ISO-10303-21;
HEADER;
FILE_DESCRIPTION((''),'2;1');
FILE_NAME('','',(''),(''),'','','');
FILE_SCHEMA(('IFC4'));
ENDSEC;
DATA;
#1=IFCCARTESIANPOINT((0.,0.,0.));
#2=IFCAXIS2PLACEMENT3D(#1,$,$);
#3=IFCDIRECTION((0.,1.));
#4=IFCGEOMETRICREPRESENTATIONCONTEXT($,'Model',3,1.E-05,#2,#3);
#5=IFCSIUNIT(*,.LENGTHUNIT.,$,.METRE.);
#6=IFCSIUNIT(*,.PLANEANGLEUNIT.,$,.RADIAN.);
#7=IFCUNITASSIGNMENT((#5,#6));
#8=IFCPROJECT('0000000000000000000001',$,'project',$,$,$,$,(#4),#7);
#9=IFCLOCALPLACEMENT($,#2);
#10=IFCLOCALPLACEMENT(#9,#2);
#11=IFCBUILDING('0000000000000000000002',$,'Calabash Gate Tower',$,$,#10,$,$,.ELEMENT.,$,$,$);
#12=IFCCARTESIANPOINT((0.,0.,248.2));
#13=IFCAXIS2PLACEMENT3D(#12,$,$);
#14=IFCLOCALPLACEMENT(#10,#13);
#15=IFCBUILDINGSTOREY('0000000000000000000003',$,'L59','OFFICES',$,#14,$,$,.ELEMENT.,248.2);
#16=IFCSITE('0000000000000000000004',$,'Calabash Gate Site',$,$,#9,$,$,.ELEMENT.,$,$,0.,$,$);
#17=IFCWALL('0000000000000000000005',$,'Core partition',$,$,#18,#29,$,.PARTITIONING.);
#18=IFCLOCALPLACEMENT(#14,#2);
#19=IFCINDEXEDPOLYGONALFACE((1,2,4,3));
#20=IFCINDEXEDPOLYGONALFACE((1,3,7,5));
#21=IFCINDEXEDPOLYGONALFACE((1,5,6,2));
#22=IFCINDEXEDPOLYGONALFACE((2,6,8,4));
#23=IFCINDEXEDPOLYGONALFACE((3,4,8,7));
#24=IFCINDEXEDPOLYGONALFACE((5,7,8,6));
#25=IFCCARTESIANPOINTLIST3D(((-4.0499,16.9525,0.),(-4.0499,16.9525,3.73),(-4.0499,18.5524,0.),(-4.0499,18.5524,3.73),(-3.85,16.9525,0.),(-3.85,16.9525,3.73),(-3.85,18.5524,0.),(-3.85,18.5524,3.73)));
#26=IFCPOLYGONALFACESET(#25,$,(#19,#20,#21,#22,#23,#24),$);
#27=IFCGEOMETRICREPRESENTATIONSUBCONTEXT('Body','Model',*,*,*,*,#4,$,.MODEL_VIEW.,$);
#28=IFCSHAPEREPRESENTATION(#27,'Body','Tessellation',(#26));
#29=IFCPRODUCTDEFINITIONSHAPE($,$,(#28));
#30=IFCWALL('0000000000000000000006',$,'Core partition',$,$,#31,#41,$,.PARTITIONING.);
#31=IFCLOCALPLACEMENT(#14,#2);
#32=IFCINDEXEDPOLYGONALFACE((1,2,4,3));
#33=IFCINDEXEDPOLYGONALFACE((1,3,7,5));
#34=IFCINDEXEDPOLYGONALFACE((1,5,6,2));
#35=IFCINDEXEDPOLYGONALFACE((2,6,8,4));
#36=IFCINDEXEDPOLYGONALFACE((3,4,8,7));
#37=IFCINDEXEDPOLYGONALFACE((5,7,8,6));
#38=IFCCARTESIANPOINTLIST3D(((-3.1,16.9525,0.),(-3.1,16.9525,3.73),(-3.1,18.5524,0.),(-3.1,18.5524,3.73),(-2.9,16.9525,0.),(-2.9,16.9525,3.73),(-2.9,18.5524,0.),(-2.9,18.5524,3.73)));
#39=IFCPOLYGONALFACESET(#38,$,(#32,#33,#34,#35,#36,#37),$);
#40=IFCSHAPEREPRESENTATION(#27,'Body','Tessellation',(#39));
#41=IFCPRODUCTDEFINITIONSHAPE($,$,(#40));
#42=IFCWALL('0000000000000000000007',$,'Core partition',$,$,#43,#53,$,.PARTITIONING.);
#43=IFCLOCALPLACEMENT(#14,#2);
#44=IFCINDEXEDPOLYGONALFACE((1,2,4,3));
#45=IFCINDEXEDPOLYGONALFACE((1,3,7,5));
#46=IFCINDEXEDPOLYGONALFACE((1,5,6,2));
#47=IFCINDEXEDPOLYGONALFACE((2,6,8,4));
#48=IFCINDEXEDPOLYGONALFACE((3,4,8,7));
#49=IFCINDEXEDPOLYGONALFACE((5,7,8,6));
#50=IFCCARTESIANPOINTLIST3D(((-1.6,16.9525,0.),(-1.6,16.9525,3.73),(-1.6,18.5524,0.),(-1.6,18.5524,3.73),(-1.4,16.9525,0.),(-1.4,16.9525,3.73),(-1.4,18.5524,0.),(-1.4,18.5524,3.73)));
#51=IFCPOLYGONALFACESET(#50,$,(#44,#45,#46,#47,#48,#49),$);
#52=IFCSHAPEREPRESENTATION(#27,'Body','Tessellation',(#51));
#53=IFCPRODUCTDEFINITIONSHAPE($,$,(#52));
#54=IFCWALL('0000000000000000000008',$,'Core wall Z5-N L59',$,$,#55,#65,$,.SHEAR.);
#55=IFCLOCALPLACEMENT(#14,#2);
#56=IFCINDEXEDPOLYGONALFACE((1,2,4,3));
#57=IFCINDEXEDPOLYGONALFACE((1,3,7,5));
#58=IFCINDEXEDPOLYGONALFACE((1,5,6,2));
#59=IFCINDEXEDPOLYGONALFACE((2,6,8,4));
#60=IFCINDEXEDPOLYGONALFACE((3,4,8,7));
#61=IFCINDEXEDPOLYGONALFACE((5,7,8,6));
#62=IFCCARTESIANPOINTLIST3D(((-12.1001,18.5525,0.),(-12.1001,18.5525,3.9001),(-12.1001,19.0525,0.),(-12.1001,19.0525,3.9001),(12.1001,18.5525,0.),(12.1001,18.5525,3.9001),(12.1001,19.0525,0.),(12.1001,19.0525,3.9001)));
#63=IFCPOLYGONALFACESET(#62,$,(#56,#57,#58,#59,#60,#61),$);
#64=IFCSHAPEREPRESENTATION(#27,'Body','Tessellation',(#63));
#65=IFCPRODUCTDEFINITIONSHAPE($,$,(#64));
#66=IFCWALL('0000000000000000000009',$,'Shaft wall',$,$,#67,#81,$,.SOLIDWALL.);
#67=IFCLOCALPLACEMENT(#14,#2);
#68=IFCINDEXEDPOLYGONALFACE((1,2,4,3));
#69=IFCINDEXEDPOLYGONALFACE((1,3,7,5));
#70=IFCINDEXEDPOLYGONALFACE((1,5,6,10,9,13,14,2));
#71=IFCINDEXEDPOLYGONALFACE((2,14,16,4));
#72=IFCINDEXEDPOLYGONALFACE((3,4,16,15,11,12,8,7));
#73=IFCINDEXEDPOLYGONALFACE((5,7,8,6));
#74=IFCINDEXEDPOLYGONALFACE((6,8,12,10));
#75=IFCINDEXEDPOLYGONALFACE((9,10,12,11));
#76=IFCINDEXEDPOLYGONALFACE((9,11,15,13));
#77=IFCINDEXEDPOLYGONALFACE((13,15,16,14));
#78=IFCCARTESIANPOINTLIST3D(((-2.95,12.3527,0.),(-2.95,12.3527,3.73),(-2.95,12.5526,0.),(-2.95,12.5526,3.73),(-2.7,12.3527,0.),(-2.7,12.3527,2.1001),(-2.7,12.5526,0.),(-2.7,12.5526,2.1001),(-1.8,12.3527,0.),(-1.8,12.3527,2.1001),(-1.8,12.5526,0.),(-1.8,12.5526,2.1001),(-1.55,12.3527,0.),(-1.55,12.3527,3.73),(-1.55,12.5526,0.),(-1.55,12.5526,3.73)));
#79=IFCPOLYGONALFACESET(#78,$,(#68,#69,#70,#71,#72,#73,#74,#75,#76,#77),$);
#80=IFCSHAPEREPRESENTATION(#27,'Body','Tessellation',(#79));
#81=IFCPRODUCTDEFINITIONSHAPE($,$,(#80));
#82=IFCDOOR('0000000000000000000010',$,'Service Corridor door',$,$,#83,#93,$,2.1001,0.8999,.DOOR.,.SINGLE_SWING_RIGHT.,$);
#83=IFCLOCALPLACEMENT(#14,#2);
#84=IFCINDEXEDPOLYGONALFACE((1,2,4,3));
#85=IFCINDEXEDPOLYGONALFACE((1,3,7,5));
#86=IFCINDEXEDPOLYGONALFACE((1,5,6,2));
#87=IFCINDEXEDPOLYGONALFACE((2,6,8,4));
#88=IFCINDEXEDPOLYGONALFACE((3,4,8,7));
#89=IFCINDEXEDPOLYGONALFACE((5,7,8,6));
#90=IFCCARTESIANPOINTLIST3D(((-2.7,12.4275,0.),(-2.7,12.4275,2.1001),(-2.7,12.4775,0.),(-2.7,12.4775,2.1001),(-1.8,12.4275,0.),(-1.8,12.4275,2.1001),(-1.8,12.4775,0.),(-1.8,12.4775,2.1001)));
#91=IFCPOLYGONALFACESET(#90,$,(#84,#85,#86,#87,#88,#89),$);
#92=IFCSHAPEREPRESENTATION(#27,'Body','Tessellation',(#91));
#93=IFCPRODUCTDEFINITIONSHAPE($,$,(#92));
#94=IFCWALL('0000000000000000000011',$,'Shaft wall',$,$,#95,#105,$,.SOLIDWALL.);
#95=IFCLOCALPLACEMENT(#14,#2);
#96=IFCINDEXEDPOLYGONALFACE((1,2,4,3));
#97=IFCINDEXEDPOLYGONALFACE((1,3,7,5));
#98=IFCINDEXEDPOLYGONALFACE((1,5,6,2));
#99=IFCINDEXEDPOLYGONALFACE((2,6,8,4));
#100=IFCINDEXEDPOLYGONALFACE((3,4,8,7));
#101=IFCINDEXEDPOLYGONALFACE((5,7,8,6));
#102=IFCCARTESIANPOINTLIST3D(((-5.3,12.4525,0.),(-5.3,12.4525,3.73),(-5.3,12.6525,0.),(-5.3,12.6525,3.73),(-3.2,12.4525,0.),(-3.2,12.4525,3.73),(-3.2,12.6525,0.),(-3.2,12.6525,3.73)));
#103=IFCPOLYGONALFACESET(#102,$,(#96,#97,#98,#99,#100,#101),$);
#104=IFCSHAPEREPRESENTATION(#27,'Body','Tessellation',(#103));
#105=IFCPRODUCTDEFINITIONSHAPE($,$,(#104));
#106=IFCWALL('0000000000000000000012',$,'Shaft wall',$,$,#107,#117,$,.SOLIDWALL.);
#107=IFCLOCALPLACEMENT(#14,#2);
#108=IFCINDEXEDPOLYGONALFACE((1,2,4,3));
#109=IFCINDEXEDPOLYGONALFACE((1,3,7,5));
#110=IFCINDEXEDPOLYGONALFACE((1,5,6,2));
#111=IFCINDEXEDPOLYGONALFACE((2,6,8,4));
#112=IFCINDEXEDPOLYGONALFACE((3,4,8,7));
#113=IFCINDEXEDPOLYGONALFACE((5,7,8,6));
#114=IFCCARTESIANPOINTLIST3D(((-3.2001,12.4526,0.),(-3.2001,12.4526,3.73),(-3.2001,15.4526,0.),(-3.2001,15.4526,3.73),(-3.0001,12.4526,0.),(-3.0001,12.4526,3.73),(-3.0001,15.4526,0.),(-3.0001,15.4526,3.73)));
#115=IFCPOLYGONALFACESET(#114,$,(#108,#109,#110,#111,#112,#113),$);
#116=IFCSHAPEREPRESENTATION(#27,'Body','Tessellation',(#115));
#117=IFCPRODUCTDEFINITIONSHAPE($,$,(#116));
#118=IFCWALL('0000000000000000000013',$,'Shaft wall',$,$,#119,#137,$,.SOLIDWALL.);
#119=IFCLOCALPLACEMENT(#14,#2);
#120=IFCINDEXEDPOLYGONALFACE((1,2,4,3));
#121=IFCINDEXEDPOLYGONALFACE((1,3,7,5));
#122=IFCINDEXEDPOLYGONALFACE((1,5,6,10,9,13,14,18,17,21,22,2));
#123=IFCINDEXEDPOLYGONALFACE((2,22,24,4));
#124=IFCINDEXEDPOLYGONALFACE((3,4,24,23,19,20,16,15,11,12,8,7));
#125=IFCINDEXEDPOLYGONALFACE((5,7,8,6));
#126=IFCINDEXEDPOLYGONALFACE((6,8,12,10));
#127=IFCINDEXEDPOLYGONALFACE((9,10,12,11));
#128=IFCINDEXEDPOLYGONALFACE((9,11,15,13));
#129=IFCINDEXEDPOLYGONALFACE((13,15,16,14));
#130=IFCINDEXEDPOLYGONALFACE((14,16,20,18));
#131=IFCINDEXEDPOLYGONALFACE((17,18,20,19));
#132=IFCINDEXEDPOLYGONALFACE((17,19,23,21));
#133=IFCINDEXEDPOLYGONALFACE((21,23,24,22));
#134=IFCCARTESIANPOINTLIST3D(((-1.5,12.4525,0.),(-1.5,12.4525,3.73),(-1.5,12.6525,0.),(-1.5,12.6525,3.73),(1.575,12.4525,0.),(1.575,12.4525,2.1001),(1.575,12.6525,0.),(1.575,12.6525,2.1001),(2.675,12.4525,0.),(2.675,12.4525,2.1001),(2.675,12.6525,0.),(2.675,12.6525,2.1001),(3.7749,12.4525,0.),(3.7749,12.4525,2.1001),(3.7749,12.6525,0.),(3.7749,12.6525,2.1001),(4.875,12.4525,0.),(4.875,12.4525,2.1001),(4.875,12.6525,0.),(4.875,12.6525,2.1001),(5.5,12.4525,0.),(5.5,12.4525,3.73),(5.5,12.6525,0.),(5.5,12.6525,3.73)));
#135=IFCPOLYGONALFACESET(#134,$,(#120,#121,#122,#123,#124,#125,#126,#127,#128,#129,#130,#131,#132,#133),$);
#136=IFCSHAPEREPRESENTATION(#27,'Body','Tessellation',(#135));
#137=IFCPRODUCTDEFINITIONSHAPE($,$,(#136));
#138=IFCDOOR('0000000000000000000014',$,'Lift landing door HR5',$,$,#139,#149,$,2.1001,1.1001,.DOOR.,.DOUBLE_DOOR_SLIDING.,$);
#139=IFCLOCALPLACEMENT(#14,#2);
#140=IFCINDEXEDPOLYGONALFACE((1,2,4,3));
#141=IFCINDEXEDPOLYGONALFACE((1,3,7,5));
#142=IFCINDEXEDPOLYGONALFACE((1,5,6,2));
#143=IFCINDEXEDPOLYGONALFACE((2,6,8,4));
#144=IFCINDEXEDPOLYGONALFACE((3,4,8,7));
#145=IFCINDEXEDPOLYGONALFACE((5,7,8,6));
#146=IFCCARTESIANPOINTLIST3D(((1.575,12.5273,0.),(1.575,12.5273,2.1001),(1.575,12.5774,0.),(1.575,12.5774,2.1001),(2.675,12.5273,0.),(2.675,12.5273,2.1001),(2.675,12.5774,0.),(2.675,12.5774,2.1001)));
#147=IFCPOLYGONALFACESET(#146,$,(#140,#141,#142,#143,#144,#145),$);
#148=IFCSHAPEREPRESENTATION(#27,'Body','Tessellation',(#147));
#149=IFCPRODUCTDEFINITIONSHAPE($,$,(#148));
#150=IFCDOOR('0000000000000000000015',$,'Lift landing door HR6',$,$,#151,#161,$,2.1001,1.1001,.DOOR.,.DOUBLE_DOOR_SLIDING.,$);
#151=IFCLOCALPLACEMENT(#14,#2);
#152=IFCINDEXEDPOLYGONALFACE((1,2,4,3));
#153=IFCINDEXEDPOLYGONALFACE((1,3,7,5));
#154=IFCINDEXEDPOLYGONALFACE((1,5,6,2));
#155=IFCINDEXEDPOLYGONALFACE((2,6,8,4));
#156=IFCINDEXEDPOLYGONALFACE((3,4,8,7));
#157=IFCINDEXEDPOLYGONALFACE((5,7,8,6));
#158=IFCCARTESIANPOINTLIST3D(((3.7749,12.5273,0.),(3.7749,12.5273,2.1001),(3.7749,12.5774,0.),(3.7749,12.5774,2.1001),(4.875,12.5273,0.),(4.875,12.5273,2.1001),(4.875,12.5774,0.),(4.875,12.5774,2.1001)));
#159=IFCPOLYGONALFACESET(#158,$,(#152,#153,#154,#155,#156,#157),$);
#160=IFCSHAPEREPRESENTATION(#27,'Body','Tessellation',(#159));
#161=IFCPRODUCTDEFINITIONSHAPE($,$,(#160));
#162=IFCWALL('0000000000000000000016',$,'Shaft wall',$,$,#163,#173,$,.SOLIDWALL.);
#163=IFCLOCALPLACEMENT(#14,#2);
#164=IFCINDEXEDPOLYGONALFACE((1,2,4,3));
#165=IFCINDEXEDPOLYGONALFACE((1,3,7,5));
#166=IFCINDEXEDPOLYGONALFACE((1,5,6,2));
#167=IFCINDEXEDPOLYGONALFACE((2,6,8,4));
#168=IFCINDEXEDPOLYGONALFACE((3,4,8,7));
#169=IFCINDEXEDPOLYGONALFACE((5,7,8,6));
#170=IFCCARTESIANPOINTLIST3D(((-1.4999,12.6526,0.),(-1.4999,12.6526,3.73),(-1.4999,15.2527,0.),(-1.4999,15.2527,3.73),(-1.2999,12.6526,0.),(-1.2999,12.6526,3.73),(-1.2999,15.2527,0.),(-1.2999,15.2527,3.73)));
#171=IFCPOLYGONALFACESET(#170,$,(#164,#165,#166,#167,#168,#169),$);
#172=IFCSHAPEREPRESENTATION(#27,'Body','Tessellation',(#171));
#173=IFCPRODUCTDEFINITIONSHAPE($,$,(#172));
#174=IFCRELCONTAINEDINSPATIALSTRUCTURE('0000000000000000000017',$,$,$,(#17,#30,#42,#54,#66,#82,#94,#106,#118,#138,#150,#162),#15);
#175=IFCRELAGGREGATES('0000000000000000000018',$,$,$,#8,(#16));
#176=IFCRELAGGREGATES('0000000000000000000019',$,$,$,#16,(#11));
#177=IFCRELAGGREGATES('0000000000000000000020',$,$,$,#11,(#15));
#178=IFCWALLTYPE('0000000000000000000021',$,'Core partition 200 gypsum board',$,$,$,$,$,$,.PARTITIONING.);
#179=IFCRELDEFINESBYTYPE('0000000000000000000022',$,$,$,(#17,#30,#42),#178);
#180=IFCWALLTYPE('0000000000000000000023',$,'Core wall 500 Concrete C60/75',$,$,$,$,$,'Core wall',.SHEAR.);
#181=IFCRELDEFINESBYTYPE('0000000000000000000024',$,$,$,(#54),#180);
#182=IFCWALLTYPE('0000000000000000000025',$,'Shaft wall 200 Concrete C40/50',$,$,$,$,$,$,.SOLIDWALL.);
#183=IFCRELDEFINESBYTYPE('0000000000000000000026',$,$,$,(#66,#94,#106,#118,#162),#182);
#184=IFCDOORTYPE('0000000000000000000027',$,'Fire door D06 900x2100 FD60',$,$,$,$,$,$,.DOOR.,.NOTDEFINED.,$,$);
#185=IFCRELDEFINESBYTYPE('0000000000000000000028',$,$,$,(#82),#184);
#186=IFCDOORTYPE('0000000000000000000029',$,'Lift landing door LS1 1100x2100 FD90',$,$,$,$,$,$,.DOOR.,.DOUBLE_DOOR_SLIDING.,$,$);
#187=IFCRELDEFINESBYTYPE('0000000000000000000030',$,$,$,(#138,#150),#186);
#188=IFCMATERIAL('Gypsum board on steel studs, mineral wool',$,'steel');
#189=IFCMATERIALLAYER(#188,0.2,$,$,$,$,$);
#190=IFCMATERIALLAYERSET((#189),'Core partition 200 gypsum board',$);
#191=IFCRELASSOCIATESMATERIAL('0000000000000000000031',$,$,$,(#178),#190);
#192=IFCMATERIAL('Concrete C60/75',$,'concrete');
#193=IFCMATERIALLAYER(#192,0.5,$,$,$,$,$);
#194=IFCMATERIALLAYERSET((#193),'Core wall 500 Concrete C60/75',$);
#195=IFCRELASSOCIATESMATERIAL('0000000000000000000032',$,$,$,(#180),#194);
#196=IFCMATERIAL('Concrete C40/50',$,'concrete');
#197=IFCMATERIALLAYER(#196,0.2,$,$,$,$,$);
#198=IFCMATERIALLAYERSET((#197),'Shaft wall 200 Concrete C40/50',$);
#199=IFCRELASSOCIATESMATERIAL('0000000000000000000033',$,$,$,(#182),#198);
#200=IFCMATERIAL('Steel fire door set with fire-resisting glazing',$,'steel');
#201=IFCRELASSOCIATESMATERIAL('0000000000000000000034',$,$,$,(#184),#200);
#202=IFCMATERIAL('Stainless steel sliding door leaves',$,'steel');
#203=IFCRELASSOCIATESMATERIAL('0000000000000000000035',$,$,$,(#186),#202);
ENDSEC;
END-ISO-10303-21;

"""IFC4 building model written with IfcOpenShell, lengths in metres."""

from ifc_helpers import new_model, si_unit, direction, frame, frame_2d, origin, place, context, subcontext, project, spatial, rectangle, extrude, material, layer, layer_set, type_object, element, fill, save


model = new_model("IFC4")

# Units and contexts
model_context = context("Model", 3, precision=1e-05, world=origin(), true_north=direction((0.0, 1.0)))
body_context = subcontext(model_context, "Body", "Model", "MODEL_VIEW")
ifc_project = project(units=[si_unit("LENGTHUNIT", "METRE"), si_unit("PLANEANGLEUNIT", "RADIAN")], contexts=[model_context])

# Site, building, storey
site_placement = place(None, origin())
site = spatial("IfcSite", under=ifc_project, at=site_placement, Name="Calabash Gate Site", CompositionType="ELEMENT", RefElevation=0.0)
building_placement = place(site_placement, origin())
building = spatial("IfcBuilding", under=site, at=building_placement, Name="Calabash Gate Tower", CompositionType="ELEMENT")
storey_placement = place(building_placement, frame((0.0, 0.0, 248.2)))
storey = spatial("IfcBuildingStorey", under=building, at=storey_placement, Name="L59", Description="OFFICES", CompositionType="ELEMENT", Elevation=248.2)

# Walls
ifc_material_1 = material(Name="Gypsum board on steel studs, mineral wool", Category="steel")
ifc_layer_1 = layer(ifc_material_1, 0.2)
ifc_layer_set_1 = layer_set([ifc_layer_1], Name="Core partition 200 gypsum board")
wall_type_1 = type_object("IfcWallType", Name="Core partition 200 gypsum board", PredefinedType="PARTITIONING", material=ifc_layer_set_1)
for number, where, z_axis, x_axis, name in (
    (1, (-3.95, 16.9526, 0.0), (0.0, 0.0, 1.0), (0.0, 1.0, 0.0), "Core partition"),
    (2, (-3.0, 16.9526, 0.0), (0.0, 0.0, 1.0), (0.0, 1.0, 0.0), "Core partition"),
    (3, (-1.5, 16.9526, 0.0), (0.0, 0.0, 1.0), (0.0, 1.0, 0.0), "Core partition"),
):
    element("IfcWall", number, at=place(storey_placement, frame(where, z_axis=z_axis, x_axis=x_axis)), inside=storey, type_object=wall_type_1, Name=name, PredefinedType="PARTITIONING", context=body_context, shape_type="SweptSolid", body=[
        extrude(rectangle(XDim=1.5999, YDim=0.2, at=frame_2d((0.7998, 0.0))), origin(), (0.0, 0.0, 1.0), 3.73),
    ])
ifc_material_2 = material(Name="Concrete C60/75", Category="concrete")
ifc_layer_2 = layer(ifc_material_2, 0.5)
ifc_layer_set_2 = layer_set([ifc_layer_2], Name="Core wall 500 Concrete C60/75")
wall_type_2 = type_object("IfcWallType", Name="Core wall 500 Concrete C60/75", ElementType="Core wall", PredefinedType="SHEAR", material=ifc_layer_set_2)
wall_1_placement = place(storey_placement, frame((-12.1001, 18.8025, 0.0), z_axis=(0.0, 0.0, 1.0), x_axis=(1.0, 0.0, 0.0)))
element("IfcWall", 4, at=wall_1_placement, inside=storey, type_object=wall_type_2, Name="Core wall Z5-N L59", PredefinedType="SHEAR", context=body_context, shape_type="SweptSolid", body=[
    extrude(rectangle(XDim=24.2002, YDim=0.5, at=frame_2d((12.1001, 0.0))), origin(), (0.0, 0.0, 1.0), 3.9001),
])

# Wall, opening, door
ifc_material_3 = material(Name="Concrete C40/50", Category="concrete")
ifc_layer_3 = layer(ifc_material_3, 0.2)
ifc_layer_set_3 = layer_set([ifc_layer_3], Name="Shaft wall 200 Concrete C40/50")
wall_type_3 = type_object("IfcWallType", Name="Shaft wall 200 Concrete C40/50", PredefinedType="SOLIDWALL", material=ifc_layer_set_3)
wall_2_placement = place(storey_placement, frame((-2.95, 12.4526, 0.0), z_axis=(0.0, 0.0, 1.0), x_axis=(1.0, 0.0, 0.0)))
wall_2 = element("IfcWall", 5, at=wall_2_placement, inside=storey, type_object=wall_type_3, Name="Shaft wall", PredefinedType="SOLIDWALL", context=body_context, shape_type="SweptSolid", body=[
    extrude(rectangle(XDim=1.3999, YDim=0.2, at=frame_2d((0.7, 0.0))), origin(), (0.0, 0.0, 1.0), 3.73),
])
opening_1_placement = place(wall_2_placement, frame((0.25, 0.0, 0.0)))
opening_1 = element("IfcOpeningElement", 6, at=opening_1_placement, cuts=wall_2, PredefinedType="OPENING", context=body_context, shape_type="SweptSolid", body=[
    extrude(rectangle(XDim=0.8999, YDim=2.1001, at=frame_2d((0.45, 1.05))), frame((0.0, 0.1099, 0.0), z_axis=(0.0, -1.0, 0.0), x_axis=(1.0, 0.0, 0.0)), (0.0, 0.0, 1.0), 0.22),
])
ifc_material_4 = material(Name="Steel fire door set with fire-resisting glazing", Category="steel")
door_type_1 = type_object("IfcDoorType", Name="Fire door D06 900x2100 FD60", OperationType="NOTDEFINED", PredefinedType="DOOR", material=ifc_material_4)
door_1_placement = place(opening_1_placement, origin())
door_1 = element("IfcDoor", 7, at=door_1_placement, inside=storey, type_object=door_type_1, Name="Service Corridor door", OperationType="SINGLE_SWING_RIGHT", OverallHeight=2.1001, OverallWidth=0.8999, PredefinedType="DOOR", context=body_context, shape_type="SweptSolid", body=[
    extrude(rectangle(XDim=0.8999, YDim=2.1001, at=frame_2d((0.45, 1.05))), frame((0.0, 0.0249, 0.0), z_axis=(0.0, -1.0, 0.0), x_axis=(1.0, 0.0, 0.0)), (0.0, 0.0, 1.0), 0.05),
])
fill(opening_1, door_1)

# Walls
wall_3_placement = place(storey_placement, frame((-5.3, 12.5525, 0.0), z_axis=(0.0, 0.0, 1.0), x_axis=(1.0, 0.0, 0.0)))
element("IfcWall", 8, at=wall_3_placement, inside=storey, type_object=wall_type_3, Name="Shaft wall", PredefinedType="SOLIDWALL", context=body_context, shape_type="SweptSolid", body=[
    extrude(rectangle(XDim=2.1001, YDim=0.2, at=frame_2d((1.05, 0.0))), origin(), (0.0, 0.0, 1.0), 3.73),
])
wall_4_placement = place(storey_placement, frame((-3.1001, 12.4526, 0.0), z_axis=(0.0, 0.0, 1.0), x_axis=(0.0, 1.0, 0.0)))
element("IfcWall", 9, at=wall_4_placement, inside=storey, type_object=wall_type_3, Name="Shaft wall", PredefinedType="SOLIDWALL", context=body_context, shape_type="SweptSolid", body=[
    extrude(rectangle(XDim=3.0, YDim=0.2, at=frame_2d((1.5, 0.0))), origin(), (0.0, 0.0, 1.0), 3.73),
])

# Wall, openings, doors
wall_5_placement = place(storey_placement, frame((-1.5, 12.5525, 0.0), z_axis=(0.0, 0.0, 1.0), x_axis=(1.0, 0.0, 0.0)))
wall_5 = element("IfcWall", 10, at=wall_5_placement, inside=storey, type_object=wall_type_3, Name="Shaft wall", PredefinedType="SOLIDWALL", context=body_context, shape_type="SweptSolid", body=[
    extrude(rectangle(XDim=7.0, YDim=0.2, at=frame_2d((3.5, 0.0))), origin(), (0.0, 0.0, 1.0), 3.73),
])
opening_2_placement = place(wall_5_placement, frame((3.075, 0.0, 0.0)))
opening_2 = element("IfcOpeningElement", 11, at=opening_2_placement, cuts=wall_5, PredefinedType="OPENING", context=body_context, shape_type="SweptSolid", body=[
    extrude(rectangle(XDim=1.1001, YDim=2.1001, at=frame_2d((0.55, 1.05))), frame((0.0, 0.1099, 0.0), z_axis=(0.0, -1.0, 0.0), x_axis=(1.0, 0.0, 0.0)), (0.0, 0.0, 1.0), 0.22),
])
opening_3_placement = place(wall_5_placement, frame((5.2749, 0.0, 0.0)))
opening_3 = element("IfcOpeningElement", 12, at=opening_3_placement, cuts=wall_5, PredefinedType="OPENING", context=body_context, shape_type="SweptSolid", body=[
    extrude(rectangle(XDim=1.1001, YDim=2.1001, at=frame_2d((0.55, 1.05))), frame((0.0, 0.1099, 0.0), z_axis=(0.0, -1.0, 0.0), x_axis=(1.0, 0.0, 0.0)), (0.0, 0.0, 1.0), 0.22),
])
ifc_material_5 = material(Name="Stainless steel sliding door leaves", Category="steel")
door_type_2 = type_object("IfcDoorType", Name="Lift landing door LS1 1100x2100 FD90", OperationType="DOUBLE_DOOR_SLIDING", PredefinedType="DOOR", material=ifc_material_5)
door_2_placement = place(opening_2_placement, origin())
door_2 = element("IfcDoor", 13, at=door_2_placement, inside=storey, type_object=door_type_2, Name="Lift landing door HR5", OperationType="DOUBLE_DOOR_SLIDING", OverallHeight=2.1001, OverallWidth=1.1001, PredefinedType="DOOR", context=body_context, shape_type="SweptSolid", body=[
    extrude(rectangle(XDim=1.1001, YDim=2.1001, at=frame_2d((0.55, 1.05))), frame((0.0, 0.0249, 0.0), z_axis=(0.0, -1.0, 0.0), x_axis=(1.0, 0.0, 0.0)), (0.0, 0.0, 1.0), 0.05),
])
fill(opening_2, door_2)
door_3_placement = place(opening_3_placement, origin())
door_3 = element("IfcDoor", 14, at=door_3_placement, inside=storey, type_object=door_type_2, Name="Lift landing door HR6", OperationType="DOUBLE_DOOR_SLIDING", OverallHeight=2.1001, OverallWidth=1.1001, PredefinedType="DOOR", context=body_context, shape_type="SweptSolid", body=[
    extrude(rectangle(XDim=1.1001, YDim=2.1001, at=frame_2d((0.55, 1.05))), frame((0.0, 0.0249, 0.0), z_axis=(0.0, -1.0, 0.0), x_axis=(1.0, 0.0, 0.0)), (0.0, 0.0, 1.0), 0.05),
])
fill(opening_3, door_3)

# Wall
wall_6_placement = place(storey_placement, frame((-1.3999, 12.6526, 0.0), z_axis=(0.0, 0.0, 1.0), x_axis=(0.0, 1.0, 0.0)))
element("IfcWall", 15, at=wall_6_placement, inside=storey, type_object=wall_type_3, Name="Shaft wall", PredefinedType="SOLIDWALL", context=body_context, shape_type="SweptSolid", body=[
    extrude(rectangle(XDim=2.6001, YDim=0.2, at=frame_2d((1.3, 0.0))), origin(), (0.0, 0.0, 1.0), 3.73),
])

save(model, "model.ifc")
